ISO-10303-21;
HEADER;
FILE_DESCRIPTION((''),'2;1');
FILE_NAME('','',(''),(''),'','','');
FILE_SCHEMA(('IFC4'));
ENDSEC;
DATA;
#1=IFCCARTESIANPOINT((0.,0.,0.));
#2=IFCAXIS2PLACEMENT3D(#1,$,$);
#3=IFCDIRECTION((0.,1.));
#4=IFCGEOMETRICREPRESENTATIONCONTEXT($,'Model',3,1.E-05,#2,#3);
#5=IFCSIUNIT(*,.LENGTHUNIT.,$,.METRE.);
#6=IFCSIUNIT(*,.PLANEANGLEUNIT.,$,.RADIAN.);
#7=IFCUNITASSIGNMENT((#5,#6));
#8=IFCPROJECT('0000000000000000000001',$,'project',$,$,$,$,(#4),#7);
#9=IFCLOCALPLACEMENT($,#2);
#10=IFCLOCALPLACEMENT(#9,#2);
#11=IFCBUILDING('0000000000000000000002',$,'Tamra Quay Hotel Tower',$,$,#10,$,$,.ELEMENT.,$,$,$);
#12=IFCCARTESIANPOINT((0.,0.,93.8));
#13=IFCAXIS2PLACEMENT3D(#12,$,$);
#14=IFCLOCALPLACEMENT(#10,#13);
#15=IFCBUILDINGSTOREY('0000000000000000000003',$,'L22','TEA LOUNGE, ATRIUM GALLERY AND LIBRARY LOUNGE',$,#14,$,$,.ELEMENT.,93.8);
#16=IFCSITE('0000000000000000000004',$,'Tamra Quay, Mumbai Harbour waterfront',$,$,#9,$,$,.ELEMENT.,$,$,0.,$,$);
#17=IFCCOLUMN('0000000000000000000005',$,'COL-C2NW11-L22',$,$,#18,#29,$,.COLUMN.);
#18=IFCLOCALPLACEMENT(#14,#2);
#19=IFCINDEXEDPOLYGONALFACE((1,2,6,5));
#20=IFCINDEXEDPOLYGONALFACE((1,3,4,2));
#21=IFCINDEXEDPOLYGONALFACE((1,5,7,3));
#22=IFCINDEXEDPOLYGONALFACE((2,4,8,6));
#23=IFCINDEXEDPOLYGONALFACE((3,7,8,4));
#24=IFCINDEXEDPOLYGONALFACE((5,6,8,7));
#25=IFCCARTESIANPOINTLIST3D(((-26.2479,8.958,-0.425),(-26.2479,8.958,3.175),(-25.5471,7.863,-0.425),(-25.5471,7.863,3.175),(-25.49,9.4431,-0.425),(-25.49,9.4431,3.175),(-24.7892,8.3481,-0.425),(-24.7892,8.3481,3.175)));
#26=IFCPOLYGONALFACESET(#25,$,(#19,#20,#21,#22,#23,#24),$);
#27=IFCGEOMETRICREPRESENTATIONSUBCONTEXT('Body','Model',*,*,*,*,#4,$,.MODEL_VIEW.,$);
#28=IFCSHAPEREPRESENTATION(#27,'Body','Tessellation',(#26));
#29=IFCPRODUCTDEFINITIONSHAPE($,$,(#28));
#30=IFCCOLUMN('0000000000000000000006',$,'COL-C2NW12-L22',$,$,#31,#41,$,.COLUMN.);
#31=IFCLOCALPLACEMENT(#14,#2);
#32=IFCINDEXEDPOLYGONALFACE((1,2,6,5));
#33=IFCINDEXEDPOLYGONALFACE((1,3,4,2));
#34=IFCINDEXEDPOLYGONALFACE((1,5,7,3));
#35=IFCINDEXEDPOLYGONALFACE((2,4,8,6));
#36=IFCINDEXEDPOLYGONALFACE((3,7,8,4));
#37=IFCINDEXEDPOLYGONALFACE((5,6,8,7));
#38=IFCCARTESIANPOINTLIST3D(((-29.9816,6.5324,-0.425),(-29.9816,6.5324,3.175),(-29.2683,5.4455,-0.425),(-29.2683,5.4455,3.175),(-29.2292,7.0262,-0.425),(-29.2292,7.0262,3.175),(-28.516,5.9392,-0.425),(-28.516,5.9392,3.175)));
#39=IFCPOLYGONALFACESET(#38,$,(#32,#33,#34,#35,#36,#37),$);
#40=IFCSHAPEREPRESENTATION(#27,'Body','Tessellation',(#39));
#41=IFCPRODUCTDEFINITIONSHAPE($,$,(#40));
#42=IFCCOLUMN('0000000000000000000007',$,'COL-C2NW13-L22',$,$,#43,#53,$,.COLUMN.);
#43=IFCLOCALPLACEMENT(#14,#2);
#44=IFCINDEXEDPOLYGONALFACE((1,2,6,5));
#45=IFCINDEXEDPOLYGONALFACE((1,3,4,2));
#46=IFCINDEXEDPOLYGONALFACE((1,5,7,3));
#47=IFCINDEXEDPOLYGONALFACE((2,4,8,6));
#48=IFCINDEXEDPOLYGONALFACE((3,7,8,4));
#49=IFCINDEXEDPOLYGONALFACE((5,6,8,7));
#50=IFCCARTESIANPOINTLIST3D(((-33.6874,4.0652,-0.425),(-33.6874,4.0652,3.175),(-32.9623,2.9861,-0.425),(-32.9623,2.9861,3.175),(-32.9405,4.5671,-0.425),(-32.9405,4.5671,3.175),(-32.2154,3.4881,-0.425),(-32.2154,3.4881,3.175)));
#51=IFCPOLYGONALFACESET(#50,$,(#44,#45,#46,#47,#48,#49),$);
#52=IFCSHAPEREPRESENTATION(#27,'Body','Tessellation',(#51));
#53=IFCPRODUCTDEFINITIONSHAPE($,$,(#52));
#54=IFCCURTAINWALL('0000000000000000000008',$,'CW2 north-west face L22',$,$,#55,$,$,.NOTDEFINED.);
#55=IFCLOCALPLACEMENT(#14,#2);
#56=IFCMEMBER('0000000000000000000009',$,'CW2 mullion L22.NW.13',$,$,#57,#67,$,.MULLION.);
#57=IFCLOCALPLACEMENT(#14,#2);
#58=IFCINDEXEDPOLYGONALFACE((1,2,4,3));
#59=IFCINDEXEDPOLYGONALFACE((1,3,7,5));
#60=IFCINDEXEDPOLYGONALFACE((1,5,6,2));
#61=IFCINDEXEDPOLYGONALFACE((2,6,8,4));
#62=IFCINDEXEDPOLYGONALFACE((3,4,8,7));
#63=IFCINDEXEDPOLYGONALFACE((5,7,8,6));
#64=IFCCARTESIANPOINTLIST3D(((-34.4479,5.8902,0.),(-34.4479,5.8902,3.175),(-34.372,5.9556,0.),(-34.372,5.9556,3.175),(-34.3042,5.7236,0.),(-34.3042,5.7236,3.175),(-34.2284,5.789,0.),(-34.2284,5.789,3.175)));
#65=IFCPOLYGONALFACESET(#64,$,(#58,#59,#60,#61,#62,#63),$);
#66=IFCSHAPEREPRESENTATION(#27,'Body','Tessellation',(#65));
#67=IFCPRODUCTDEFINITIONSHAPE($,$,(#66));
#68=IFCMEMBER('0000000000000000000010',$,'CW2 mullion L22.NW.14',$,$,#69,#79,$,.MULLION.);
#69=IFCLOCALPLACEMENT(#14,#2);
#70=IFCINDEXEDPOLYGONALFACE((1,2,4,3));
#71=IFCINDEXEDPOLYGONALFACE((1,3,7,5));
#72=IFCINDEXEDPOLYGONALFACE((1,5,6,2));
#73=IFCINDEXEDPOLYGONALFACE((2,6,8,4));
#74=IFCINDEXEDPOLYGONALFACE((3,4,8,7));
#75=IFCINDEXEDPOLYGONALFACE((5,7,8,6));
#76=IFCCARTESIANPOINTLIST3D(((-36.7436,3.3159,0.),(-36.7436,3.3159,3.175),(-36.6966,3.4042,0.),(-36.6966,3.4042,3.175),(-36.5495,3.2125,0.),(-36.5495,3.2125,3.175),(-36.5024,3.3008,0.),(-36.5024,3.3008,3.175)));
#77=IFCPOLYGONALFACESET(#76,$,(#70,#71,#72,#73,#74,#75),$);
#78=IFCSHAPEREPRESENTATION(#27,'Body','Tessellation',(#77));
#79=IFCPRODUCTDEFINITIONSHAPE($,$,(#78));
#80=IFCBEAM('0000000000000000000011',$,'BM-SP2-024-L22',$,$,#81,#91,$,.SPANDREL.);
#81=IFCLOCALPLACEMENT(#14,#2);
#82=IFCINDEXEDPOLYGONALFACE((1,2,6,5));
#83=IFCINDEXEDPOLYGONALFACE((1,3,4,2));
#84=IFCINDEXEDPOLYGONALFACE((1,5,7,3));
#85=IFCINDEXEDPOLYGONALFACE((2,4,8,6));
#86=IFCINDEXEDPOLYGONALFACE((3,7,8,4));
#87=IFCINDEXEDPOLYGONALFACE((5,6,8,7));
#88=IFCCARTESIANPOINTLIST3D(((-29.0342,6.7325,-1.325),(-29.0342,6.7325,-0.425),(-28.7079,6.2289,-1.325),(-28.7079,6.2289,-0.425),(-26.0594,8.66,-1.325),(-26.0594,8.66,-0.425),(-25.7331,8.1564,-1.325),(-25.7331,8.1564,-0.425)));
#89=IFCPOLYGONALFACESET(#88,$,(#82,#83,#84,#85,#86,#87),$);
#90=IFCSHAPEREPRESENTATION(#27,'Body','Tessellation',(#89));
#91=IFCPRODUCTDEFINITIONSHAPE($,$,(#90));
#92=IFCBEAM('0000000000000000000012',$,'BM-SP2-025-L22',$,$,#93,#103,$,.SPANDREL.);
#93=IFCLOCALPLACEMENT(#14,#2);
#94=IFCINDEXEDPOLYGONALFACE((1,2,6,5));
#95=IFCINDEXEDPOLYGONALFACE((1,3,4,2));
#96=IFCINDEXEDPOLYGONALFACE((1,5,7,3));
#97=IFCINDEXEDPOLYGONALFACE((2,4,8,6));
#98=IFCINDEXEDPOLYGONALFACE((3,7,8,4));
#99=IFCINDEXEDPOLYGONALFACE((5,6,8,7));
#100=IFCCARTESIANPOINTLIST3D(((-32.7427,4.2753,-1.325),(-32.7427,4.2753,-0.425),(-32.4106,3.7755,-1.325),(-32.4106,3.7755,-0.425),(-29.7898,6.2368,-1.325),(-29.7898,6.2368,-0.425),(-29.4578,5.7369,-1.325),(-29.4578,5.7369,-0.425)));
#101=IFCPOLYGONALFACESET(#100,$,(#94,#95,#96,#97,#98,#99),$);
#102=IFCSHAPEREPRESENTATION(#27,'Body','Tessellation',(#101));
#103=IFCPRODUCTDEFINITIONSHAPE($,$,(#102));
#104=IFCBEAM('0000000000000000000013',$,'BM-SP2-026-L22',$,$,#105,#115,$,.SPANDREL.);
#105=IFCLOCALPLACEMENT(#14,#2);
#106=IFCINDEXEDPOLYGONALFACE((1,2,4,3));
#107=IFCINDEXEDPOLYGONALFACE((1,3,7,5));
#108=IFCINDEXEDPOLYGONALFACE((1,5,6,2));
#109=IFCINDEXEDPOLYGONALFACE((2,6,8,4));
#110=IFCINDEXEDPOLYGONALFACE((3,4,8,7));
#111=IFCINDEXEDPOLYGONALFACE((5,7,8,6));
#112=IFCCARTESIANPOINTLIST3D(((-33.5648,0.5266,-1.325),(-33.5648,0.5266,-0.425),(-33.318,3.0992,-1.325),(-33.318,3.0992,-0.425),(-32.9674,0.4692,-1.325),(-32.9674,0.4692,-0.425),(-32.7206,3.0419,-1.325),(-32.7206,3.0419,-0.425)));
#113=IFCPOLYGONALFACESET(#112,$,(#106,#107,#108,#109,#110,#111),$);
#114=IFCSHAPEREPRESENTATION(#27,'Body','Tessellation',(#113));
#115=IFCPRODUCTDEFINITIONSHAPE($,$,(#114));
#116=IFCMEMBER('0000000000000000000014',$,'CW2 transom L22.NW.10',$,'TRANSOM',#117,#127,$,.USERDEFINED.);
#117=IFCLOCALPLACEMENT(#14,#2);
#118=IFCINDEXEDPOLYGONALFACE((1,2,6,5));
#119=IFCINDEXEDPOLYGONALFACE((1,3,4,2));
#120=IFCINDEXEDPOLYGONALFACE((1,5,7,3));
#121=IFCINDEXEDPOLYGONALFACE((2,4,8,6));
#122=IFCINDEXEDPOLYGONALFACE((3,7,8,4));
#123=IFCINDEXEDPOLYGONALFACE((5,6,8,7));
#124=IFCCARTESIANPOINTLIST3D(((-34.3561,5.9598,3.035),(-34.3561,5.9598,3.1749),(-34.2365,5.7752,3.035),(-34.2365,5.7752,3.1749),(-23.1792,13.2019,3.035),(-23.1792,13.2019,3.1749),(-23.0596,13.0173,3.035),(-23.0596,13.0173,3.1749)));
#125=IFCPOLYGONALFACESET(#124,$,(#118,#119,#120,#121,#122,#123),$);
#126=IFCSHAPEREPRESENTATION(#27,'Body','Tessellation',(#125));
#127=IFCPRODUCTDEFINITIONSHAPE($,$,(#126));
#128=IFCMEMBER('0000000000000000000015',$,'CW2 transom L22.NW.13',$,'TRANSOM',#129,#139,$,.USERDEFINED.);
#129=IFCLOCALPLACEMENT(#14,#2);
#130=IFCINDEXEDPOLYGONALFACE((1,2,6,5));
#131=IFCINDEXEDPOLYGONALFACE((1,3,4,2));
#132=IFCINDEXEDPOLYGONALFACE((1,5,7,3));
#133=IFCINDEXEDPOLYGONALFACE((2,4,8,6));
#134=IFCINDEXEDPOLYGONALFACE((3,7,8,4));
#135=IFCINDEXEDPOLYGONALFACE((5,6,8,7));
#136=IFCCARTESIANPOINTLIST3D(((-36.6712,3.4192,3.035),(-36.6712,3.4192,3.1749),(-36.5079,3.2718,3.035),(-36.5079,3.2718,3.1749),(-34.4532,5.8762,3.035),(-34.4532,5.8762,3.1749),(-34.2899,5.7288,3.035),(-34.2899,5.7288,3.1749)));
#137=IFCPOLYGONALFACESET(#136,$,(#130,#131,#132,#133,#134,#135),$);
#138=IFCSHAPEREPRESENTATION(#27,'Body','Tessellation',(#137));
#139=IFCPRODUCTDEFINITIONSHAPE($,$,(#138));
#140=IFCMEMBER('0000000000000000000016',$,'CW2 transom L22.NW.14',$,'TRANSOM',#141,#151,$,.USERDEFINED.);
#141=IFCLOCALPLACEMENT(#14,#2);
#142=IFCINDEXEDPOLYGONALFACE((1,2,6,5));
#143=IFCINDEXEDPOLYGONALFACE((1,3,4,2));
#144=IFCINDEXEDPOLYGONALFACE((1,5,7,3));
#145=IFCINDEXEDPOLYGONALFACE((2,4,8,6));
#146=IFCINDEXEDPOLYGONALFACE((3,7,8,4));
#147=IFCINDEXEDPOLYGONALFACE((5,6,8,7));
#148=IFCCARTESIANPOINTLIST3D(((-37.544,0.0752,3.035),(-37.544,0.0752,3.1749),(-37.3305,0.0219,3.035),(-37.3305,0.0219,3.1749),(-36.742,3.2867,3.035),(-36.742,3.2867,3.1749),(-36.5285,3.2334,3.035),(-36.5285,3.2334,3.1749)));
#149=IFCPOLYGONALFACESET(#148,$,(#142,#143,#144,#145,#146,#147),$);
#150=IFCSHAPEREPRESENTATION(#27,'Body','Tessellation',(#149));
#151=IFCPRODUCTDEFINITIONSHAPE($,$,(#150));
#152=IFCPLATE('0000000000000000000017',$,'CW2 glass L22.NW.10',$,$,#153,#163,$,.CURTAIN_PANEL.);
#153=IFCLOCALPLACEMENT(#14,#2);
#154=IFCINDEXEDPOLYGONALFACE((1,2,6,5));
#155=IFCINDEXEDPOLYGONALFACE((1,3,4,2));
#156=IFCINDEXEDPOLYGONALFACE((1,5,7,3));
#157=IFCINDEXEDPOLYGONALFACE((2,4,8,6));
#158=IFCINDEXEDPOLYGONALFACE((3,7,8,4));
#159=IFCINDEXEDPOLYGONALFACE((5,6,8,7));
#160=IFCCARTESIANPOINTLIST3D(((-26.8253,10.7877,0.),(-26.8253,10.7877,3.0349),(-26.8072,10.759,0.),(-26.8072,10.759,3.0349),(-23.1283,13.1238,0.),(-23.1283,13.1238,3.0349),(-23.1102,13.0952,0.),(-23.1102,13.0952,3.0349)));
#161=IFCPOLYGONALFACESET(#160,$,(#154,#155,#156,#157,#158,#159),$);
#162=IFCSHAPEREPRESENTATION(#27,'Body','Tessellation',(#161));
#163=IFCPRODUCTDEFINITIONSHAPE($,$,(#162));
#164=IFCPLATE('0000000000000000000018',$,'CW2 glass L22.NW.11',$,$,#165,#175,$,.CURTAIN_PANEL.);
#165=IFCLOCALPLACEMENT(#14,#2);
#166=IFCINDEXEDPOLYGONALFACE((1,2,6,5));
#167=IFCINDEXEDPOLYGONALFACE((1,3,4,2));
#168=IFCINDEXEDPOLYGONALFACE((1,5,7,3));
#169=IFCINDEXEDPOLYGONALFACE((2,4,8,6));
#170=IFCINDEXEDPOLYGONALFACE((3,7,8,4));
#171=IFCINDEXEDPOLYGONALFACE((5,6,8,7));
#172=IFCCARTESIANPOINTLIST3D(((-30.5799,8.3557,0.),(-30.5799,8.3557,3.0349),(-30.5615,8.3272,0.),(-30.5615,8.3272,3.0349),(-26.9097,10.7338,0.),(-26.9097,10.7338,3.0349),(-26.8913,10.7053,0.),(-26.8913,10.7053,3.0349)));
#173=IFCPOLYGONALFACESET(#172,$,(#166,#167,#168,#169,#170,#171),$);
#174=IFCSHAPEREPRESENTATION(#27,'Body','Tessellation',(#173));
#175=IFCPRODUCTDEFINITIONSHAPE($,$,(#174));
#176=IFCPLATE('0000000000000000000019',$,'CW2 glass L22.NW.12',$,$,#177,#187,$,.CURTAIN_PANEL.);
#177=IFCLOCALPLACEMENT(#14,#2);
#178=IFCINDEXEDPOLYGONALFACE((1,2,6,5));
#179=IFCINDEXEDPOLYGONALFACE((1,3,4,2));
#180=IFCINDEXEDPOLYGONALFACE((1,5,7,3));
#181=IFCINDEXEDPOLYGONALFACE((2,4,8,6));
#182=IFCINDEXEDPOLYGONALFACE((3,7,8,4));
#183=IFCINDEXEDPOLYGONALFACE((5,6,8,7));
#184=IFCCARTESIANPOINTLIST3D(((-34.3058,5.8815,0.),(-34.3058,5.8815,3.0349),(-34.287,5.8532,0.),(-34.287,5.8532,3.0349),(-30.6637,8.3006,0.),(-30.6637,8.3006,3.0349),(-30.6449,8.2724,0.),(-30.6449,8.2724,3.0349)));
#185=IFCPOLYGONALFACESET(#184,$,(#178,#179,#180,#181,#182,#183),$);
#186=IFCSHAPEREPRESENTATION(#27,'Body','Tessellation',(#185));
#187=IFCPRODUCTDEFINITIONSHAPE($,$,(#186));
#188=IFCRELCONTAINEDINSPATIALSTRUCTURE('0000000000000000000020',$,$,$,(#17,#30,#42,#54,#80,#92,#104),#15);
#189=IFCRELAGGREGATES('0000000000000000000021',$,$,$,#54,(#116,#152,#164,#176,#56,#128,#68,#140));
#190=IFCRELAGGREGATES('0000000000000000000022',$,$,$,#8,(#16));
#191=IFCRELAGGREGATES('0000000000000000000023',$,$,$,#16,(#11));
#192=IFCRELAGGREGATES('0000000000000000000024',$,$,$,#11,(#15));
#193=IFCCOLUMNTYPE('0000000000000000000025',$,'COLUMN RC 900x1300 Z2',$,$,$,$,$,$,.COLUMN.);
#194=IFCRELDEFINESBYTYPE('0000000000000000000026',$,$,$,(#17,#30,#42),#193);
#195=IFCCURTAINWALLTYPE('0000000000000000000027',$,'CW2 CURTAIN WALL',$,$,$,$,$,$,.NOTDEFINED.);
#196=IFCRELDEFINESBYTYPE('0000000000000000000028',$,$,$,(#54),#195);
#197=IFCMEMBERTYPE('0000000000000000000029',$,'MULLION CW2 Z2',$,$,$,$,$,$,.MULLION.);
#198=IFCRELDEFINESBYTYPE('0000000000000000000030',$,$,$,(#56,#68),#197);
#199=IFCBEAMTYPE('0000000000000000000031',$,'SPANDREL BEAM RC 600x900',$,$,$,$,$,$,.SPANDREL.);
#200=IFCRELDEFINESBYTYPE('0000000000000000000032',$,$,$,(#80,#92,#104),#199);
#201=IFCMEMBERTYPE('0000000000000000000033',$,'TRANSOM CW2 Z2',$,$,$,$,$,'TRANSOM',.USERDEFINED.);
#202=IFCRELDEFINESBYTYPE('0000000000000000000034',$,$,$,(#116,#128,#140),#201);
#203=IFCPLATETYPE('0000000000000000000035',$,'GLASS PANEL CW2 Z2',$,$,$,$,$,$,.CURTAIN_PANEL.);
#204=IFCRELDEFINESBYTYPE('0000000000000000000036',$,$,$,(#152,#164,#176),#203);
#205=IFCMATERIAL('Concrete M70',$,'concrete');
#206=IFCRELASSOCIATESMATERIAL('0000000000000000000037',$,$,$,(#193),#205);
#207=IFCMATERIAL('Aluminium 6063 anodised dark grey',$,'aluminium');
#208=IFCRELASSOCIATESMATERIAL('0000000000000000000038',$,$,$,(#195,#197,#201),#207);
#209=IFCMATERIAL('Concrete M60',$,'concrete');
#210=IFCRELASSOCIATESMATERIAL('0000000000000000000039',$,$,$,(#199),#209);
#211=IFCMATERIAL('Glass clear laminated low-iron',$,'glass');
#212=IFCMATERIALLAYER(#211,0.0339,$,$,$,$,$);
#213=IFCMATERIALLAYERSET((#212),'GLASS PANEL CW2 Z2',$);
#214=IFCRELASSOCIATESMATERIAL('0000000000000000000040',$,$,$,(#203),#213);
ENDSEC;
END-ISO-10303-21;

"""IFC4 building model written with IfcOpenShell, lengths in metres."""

from ifc_helpers import new_model, si_unit, direction, frame, origin, origin_2d, place, context, subcontext, project, spatial, rectangle, extrude, material, layer, layer_set, material_profile, profile_set, type_object, element, aggregate, save


model = new_model("IFC4")

# Units and contexts
model_context = context("Model", 3, precision=1e-05, world=origin(), true_north=direction((0.0, 1.0)))
body_context = subcontext(model_context, "Body", "Model", "MODEL_VIEW")
ifc_project = project(units=[si_unit("LENGTHUNIT", "METRE"), si_unit("PLANEANGLEUNIT", "RADIAN")], contexts=[model_context])

# Site, building, storey
site_placement = place(None, origin())
site = spatial("IfcSite", under=ifc_project, at=site_placement, Name="Tamra Quay, Mumbai Harbour waterfront", CompositionType="ELEMENT", RefElevation=0.0)
building_placement = place(site_placement, origin())
building = spatial("IfcBuilding", under=site, at=building_placement, Name="Tamra Quay Hotel Tower", CompositionType="ELEMENT")
storey_placement = place(building_placement, frame((0.0, 0.0, 93.8)))
storey = spatial("IfcBuildingStorey", under=building, at=storey_placement, Name="L22", Description="TEA LOUNGE, ATRIUM GALLERY AND LIBRARY LOUNGE", CompositionType="ELEMENT", Elevation=93.8)

# Columns
ifc_material_1 = material(Name="Concrete M70", Category="concrete")
ifc_material_profile_1 = material_profile(ifc_material_1, rectangle(XDim=1.3, YDim=0.8999, at=origin_2d()), Name="COLUMN RC 900x1300 Z2")
ifc_profile_set_1 = profile_set([ifc_material_profile_1], Name="Concrete M70")
column_type = type_object("IfcColumnType", Name="COLUMN RC 900x1300 Z2", PredefinedType="COLUMN", material=ifc_profile_set_1)
for number, where, z_axis, x_axis, name in (
    (1, (-25.5186, 8.6531, -0.425), (0.0, 0.0, 1.0), (-0.539065, 0.842264, 0.0), "COL-C2NW11-L22"),
    (2, (-29.2488, 6.2358, -0.425), (0.0, 0.0, 1.0), (-0.548641, 0.836058, 0.0), "COL-C2NW12-L22"),
    (3, (-32.9514, 3.7766, -0.425), (0.0, 0.0, 1.0), (-0.557767, 0.829998, 0.0), "COL-C2NW13-L22"),
):
    element("IfcColumn", number, at=place(storey_placement, frame(where, z_axis=z_axis, x_axis=x_axis)), inside=storey, type_object=column_type, Name=name, PredefinedType="COLUMN", context=body_context, shape_type="SweptSolid", body=[
        extrude(rectangle(XDim=1.3, YDim=0.8999, at=origin_2d()), origin(), (0.0, 0.0, 1.0), 3.6001),
    ])

# Curtain wall, members
ifc_material_2 = material(Name="Aluminium 6063 anodised dark grey", Category="aluminium")
curtain_wall_type = type_object("IfcCurtainWallType", Name="CW2 CURTAIN WALL", PredefinedType="NOTDEFINED", material=ifc_material_2)
curtain_wall_placement = place(storey_placement, origin())
curtain_wall = element("IfcCurtainWall", 4, at=curtain_wall_placement, inside=storey, type_object=curtain_wall_type, Name="CW2 north-west face L22", PredefinedType="NOTDEFINED")
ifc_material_profile_2 = material_profile(ifc_material_2, rectangle(XDim=0.22, YDim=0.1001, at=origin_2d()), Name="MULLION 100X220")
ifc_profile_set_2 = profile_set([ifc_material_profile_2], Name="Aluminium 6063 anodised dark grey")
member_type_1 = type_object("IfcMemberType", Name="MULLION CW2 Z2", PredefinedType="MULLION", material=ifc_profile_set_2)
member_1_placement = place(storey_placement, frame((-34.3381, 5.8396, 0.0), z_axis=(0.0, 0.0, 1.0), x_axis=(-0.652887, 0.757455, 0.0)))
member_1 = element("IfcMember", 5, at=member_1_placement, type_object=member_type_1, Name="CW2 mullion L22.NW.13", PredefinedType="MULLION", context=body_context, shape_type="SweptSolid", body=[
    extrude(rectangle(XDim=0.22, YDim=0.1001, at=origin_2d()), origin(), (0.0, 0.0, 1.0), 3.175),
])
member_2_placement = place(storey_placement, frame((-36.623, 3.3083, 0.0), z_axis=(0.0, 0.0, 1.0), x_axis=(-0.882544, 0.47023, 0.0)))
member_2 = element("IfcMember", 6, at=member_2_placement, type_object=member_type_1, Name="CW2 mullion L22.NW.14", PredefinedType="MULLION", context=body_context, shape_type="SweptSolid", body=[
    extrude(rectangle(XDim=0.22, YDim=0.1001, at=origin_2d()), origin(), (0.0, 0.0, 1.0), 3.175),
])

# Beams
ifc_material_3 = material(Name="Concrete M60", Category="concrete")
ifc_material_profile_3 = material_profile(ifc_material_3, rectangle(XDim=0.6001, YDim=0.8999, at=origin_2d()), Name="SPANDREL BEAM RC 600x900")
ifc_profile_set_3 = profile_set([ifc_material_profile_3], Name="Concrete M60")
beam_type = type_object("IfcBeamType", Name="SPANDREL BEAM RC 600x900", PredefinedType="SPANDREL", material=ifc_profile_set_3)
beam_1_placement = place(storey_placement, frame((-25.8962, 8.4082, -0.875), z_axis=(-0.839237, -0.543765, 0.0), x_axis=(0.543765, -0.839237, 0.0)))
element("IfcBeam", 7, at=beam_1_placement, inside=storey, type_object=beam_type, Name="BM-SP2-024-L22", PredefinedType="SPANDREL", context=body_context, shape_type="SweptSolid", body=[
    extrude(rectangle(XDim=0.6001, YDim=0.8999, at=origin_2d()), origin(), (0.0, 0.0, 1.0), 3.5447),
])
beam_2_placement = place(storey_placement, frame((-29.6238, 5.9868, -0.875), z_axis=(-0.832982, -0.553301, 0.0), x_axis=(0.553301, -0.832982, 0.0)))
element("IfcBeam", 8, at=beam_2_placement, inside=storey, type_object=beam_type, Name="BM-SP2-025-L22", PredefinedType="SPANDREL", context=body_context, shape_type="SweptSolid", body=[
    extrude(rectangle(XDim=0.6001, YDim=0.8999, at=origin_2d()), origin(), (0.0, 0.0, 1.0), 3.5449),
])
beam_3_placement = place(storey_placement, frame((-33.0193, 3.0706, -0.875), z_axis=(-0.0955, -0.995429, 0.0), x_axis=(0.995429, -0.0955, 0.0)))
element("IfcBeam", 9, at=beam_3_placement, inside=storey, type_object=beam_type, Name="BM-SP2-026-L22", PredefinedType="SPANDREL", context=body_context, shape_type="SweptSolid", body=[
    extrude(rectangle(XDim=0.6001, YDim=0.8999, at=origin_2d()), origin(), (0.0, 0.0, 1.0), 2.5845),
])

# Members
ifc_material_profile_4 = material_profile(ifc_material_2, rectangle(XDim=0.22, YDim=0.1399, at=origin_2d()), Name="TRANSOM 220X140")
ifc_profile_set_4 = profile_set([ifc_material_profile_4], Name="Aluminium 6063 anodised dark grey")
member_type_2 = type_object("IfcMemberType", Name="TRANSOM CW2 Z2", ElementType="TRANSOM", PredefinedType="USERDEFINED", material=ifc_profile_set_4)
member_3_placement = place(storey_placement, frame((-23.1194, 13.1096, 3.105), z_axis=(-0.839227, -0.543781, 0.0), x_axis=(0.543781, -0.839227, 0.0)))
member_3 = element("IfcMember", 10, at=member_3_placement, type_object=member_type_2, Name="CW2 transom L22.NW.10", ObjectType="TRANSOM", PredefinedType="USERDEFINED", context=body_context, shape_type="SweptSolid", body=[
    extrude(rectangle(XDim=0.22, YDim=0.1399, at=origin_2d()), origin(), (0.0, 0.0, 1.0), 13.3181),
])
member_4_placement = place(storey_placement, frame((-34.3716, 5.8025, 3.105), z_axis=(-0.670081, -0.742288, 0.0), x_axis=(0.742288, -0.670081, 0.0)))
member_4 = element("IfcMember", 11, at=member_4_placement, type_object=member_type_2, Name="CW2 transom L22.NW.13", ObjectType="TRANSOM", PredefinedType="USERDEFINED", context=body_context, shape_type="SweptSolid", body=[
    extrude(rectangle(XDim=0.22, YDim=0.1399, at=origin_2d()), origin(), (0.0, 0.0, 1.0), 3.3101),
])
member_5_placement = place(storey_placement, frame((-36.6353, 3.26, 3.105), z_axis=(-0.242293, -0.970203, 0.0), x_axis=(0.970203, -0.242293, 0.0)))
member_5 = element("IfcMember", 12, at=member_5_placement, type_object=member_type_2, Name="CW2 transom L22.NW.14", ObjectType="TRANSOM", PredefinedType="USERDEFINED", context=body_context, shape_type="SweptSolid", body=[
    extrude(rectangle(XDim=0.22, YDim=0.1399, at=origin_2d()), origin(), (0.0, 0.0, 1.0), 3.3101),
])

# Plates
ifc_material_4 = material(Name="Glass clear laminated low-iron", Category="glass")
ifc_layer_1 = layer(ifc_material_4, 0.0339)
ifc_layer_set_1 = layer_set([ifc_layer_1], Name="GLASS PANEL CW2 Z2")
plate_type = type_object("IfcPlateType", Name="GLASS PANEL CW2 Z2", PredefinedType="CURTAIN_PANEL", material=ifc_layer_set_1)
plate_1_placement = place(storey_placement, frame((-24.9678, 11.9414, 0.0), z_axis=(0.0, 0.0, 1.0), x_axis=(-0.845362, -0.534193, 0.0)))
plate_1 = element("IfcPlate", 13, at=plate_1_placement, type_object=plate_type, Name="CW2 glass L22.NW.10", PredefinedType="CURTAIN_PANEL", context=body_context, shape_type="SweptSolid", body=[
    extrude(rectangle(XDim=4.3733, YDim=0.0339, at=origin_2d()), origin(), (0.0, 0.0, 1.0), 3.0349),
])
plate_2_placement = place(storey_placement, frame((-28.7356, 9.5305, 0.0), z_axis=(0.0, 0.0, 1.0), x_axis=(-0.839224, -0.543786, 0.0)))
plate_2 = element("IfcPlate", 14, at=plate_2_placement, type_object=plate_type, Name="CW2 glass L22.NW.11", PredefinedType="CURTAIN_PANEL", context=body_context, shape_type="SweptSolid", body=[
    extrude(rectangle(XDim=4.3733, YDim=0.0339, at=origin_2d()), origin(), (0.0, 0.0, 1.0), 3.0349),
])
plate_3_placement = place(storey_placement, frame((-32.4753, 7.0769, 0.0), z_axis=(0.0, 0.0, 1.0), x_axis=(-0.832988, -0.553291, 0.0)))
plate_3 = element("IfcPlate", 15, at=plate_3_placement, type_object=plate_type, Name="CW2 glass L22.NW.12", PredefinedType="CURTAIN_PANEL", context=body_context, shape_type="SweptSolid", body=[
    extrude(rectangle(XDim=4.3723, YDim=0.0339, at=origin_2d()), origin(), (0.0, 0.0, 1.0), 3.0349),
])
aggregate(curtain_wall, [member_3, plate_1, plate_2, plate_3, member_1, member_4, member_2, member_5])

save(model, "model.ifc")
